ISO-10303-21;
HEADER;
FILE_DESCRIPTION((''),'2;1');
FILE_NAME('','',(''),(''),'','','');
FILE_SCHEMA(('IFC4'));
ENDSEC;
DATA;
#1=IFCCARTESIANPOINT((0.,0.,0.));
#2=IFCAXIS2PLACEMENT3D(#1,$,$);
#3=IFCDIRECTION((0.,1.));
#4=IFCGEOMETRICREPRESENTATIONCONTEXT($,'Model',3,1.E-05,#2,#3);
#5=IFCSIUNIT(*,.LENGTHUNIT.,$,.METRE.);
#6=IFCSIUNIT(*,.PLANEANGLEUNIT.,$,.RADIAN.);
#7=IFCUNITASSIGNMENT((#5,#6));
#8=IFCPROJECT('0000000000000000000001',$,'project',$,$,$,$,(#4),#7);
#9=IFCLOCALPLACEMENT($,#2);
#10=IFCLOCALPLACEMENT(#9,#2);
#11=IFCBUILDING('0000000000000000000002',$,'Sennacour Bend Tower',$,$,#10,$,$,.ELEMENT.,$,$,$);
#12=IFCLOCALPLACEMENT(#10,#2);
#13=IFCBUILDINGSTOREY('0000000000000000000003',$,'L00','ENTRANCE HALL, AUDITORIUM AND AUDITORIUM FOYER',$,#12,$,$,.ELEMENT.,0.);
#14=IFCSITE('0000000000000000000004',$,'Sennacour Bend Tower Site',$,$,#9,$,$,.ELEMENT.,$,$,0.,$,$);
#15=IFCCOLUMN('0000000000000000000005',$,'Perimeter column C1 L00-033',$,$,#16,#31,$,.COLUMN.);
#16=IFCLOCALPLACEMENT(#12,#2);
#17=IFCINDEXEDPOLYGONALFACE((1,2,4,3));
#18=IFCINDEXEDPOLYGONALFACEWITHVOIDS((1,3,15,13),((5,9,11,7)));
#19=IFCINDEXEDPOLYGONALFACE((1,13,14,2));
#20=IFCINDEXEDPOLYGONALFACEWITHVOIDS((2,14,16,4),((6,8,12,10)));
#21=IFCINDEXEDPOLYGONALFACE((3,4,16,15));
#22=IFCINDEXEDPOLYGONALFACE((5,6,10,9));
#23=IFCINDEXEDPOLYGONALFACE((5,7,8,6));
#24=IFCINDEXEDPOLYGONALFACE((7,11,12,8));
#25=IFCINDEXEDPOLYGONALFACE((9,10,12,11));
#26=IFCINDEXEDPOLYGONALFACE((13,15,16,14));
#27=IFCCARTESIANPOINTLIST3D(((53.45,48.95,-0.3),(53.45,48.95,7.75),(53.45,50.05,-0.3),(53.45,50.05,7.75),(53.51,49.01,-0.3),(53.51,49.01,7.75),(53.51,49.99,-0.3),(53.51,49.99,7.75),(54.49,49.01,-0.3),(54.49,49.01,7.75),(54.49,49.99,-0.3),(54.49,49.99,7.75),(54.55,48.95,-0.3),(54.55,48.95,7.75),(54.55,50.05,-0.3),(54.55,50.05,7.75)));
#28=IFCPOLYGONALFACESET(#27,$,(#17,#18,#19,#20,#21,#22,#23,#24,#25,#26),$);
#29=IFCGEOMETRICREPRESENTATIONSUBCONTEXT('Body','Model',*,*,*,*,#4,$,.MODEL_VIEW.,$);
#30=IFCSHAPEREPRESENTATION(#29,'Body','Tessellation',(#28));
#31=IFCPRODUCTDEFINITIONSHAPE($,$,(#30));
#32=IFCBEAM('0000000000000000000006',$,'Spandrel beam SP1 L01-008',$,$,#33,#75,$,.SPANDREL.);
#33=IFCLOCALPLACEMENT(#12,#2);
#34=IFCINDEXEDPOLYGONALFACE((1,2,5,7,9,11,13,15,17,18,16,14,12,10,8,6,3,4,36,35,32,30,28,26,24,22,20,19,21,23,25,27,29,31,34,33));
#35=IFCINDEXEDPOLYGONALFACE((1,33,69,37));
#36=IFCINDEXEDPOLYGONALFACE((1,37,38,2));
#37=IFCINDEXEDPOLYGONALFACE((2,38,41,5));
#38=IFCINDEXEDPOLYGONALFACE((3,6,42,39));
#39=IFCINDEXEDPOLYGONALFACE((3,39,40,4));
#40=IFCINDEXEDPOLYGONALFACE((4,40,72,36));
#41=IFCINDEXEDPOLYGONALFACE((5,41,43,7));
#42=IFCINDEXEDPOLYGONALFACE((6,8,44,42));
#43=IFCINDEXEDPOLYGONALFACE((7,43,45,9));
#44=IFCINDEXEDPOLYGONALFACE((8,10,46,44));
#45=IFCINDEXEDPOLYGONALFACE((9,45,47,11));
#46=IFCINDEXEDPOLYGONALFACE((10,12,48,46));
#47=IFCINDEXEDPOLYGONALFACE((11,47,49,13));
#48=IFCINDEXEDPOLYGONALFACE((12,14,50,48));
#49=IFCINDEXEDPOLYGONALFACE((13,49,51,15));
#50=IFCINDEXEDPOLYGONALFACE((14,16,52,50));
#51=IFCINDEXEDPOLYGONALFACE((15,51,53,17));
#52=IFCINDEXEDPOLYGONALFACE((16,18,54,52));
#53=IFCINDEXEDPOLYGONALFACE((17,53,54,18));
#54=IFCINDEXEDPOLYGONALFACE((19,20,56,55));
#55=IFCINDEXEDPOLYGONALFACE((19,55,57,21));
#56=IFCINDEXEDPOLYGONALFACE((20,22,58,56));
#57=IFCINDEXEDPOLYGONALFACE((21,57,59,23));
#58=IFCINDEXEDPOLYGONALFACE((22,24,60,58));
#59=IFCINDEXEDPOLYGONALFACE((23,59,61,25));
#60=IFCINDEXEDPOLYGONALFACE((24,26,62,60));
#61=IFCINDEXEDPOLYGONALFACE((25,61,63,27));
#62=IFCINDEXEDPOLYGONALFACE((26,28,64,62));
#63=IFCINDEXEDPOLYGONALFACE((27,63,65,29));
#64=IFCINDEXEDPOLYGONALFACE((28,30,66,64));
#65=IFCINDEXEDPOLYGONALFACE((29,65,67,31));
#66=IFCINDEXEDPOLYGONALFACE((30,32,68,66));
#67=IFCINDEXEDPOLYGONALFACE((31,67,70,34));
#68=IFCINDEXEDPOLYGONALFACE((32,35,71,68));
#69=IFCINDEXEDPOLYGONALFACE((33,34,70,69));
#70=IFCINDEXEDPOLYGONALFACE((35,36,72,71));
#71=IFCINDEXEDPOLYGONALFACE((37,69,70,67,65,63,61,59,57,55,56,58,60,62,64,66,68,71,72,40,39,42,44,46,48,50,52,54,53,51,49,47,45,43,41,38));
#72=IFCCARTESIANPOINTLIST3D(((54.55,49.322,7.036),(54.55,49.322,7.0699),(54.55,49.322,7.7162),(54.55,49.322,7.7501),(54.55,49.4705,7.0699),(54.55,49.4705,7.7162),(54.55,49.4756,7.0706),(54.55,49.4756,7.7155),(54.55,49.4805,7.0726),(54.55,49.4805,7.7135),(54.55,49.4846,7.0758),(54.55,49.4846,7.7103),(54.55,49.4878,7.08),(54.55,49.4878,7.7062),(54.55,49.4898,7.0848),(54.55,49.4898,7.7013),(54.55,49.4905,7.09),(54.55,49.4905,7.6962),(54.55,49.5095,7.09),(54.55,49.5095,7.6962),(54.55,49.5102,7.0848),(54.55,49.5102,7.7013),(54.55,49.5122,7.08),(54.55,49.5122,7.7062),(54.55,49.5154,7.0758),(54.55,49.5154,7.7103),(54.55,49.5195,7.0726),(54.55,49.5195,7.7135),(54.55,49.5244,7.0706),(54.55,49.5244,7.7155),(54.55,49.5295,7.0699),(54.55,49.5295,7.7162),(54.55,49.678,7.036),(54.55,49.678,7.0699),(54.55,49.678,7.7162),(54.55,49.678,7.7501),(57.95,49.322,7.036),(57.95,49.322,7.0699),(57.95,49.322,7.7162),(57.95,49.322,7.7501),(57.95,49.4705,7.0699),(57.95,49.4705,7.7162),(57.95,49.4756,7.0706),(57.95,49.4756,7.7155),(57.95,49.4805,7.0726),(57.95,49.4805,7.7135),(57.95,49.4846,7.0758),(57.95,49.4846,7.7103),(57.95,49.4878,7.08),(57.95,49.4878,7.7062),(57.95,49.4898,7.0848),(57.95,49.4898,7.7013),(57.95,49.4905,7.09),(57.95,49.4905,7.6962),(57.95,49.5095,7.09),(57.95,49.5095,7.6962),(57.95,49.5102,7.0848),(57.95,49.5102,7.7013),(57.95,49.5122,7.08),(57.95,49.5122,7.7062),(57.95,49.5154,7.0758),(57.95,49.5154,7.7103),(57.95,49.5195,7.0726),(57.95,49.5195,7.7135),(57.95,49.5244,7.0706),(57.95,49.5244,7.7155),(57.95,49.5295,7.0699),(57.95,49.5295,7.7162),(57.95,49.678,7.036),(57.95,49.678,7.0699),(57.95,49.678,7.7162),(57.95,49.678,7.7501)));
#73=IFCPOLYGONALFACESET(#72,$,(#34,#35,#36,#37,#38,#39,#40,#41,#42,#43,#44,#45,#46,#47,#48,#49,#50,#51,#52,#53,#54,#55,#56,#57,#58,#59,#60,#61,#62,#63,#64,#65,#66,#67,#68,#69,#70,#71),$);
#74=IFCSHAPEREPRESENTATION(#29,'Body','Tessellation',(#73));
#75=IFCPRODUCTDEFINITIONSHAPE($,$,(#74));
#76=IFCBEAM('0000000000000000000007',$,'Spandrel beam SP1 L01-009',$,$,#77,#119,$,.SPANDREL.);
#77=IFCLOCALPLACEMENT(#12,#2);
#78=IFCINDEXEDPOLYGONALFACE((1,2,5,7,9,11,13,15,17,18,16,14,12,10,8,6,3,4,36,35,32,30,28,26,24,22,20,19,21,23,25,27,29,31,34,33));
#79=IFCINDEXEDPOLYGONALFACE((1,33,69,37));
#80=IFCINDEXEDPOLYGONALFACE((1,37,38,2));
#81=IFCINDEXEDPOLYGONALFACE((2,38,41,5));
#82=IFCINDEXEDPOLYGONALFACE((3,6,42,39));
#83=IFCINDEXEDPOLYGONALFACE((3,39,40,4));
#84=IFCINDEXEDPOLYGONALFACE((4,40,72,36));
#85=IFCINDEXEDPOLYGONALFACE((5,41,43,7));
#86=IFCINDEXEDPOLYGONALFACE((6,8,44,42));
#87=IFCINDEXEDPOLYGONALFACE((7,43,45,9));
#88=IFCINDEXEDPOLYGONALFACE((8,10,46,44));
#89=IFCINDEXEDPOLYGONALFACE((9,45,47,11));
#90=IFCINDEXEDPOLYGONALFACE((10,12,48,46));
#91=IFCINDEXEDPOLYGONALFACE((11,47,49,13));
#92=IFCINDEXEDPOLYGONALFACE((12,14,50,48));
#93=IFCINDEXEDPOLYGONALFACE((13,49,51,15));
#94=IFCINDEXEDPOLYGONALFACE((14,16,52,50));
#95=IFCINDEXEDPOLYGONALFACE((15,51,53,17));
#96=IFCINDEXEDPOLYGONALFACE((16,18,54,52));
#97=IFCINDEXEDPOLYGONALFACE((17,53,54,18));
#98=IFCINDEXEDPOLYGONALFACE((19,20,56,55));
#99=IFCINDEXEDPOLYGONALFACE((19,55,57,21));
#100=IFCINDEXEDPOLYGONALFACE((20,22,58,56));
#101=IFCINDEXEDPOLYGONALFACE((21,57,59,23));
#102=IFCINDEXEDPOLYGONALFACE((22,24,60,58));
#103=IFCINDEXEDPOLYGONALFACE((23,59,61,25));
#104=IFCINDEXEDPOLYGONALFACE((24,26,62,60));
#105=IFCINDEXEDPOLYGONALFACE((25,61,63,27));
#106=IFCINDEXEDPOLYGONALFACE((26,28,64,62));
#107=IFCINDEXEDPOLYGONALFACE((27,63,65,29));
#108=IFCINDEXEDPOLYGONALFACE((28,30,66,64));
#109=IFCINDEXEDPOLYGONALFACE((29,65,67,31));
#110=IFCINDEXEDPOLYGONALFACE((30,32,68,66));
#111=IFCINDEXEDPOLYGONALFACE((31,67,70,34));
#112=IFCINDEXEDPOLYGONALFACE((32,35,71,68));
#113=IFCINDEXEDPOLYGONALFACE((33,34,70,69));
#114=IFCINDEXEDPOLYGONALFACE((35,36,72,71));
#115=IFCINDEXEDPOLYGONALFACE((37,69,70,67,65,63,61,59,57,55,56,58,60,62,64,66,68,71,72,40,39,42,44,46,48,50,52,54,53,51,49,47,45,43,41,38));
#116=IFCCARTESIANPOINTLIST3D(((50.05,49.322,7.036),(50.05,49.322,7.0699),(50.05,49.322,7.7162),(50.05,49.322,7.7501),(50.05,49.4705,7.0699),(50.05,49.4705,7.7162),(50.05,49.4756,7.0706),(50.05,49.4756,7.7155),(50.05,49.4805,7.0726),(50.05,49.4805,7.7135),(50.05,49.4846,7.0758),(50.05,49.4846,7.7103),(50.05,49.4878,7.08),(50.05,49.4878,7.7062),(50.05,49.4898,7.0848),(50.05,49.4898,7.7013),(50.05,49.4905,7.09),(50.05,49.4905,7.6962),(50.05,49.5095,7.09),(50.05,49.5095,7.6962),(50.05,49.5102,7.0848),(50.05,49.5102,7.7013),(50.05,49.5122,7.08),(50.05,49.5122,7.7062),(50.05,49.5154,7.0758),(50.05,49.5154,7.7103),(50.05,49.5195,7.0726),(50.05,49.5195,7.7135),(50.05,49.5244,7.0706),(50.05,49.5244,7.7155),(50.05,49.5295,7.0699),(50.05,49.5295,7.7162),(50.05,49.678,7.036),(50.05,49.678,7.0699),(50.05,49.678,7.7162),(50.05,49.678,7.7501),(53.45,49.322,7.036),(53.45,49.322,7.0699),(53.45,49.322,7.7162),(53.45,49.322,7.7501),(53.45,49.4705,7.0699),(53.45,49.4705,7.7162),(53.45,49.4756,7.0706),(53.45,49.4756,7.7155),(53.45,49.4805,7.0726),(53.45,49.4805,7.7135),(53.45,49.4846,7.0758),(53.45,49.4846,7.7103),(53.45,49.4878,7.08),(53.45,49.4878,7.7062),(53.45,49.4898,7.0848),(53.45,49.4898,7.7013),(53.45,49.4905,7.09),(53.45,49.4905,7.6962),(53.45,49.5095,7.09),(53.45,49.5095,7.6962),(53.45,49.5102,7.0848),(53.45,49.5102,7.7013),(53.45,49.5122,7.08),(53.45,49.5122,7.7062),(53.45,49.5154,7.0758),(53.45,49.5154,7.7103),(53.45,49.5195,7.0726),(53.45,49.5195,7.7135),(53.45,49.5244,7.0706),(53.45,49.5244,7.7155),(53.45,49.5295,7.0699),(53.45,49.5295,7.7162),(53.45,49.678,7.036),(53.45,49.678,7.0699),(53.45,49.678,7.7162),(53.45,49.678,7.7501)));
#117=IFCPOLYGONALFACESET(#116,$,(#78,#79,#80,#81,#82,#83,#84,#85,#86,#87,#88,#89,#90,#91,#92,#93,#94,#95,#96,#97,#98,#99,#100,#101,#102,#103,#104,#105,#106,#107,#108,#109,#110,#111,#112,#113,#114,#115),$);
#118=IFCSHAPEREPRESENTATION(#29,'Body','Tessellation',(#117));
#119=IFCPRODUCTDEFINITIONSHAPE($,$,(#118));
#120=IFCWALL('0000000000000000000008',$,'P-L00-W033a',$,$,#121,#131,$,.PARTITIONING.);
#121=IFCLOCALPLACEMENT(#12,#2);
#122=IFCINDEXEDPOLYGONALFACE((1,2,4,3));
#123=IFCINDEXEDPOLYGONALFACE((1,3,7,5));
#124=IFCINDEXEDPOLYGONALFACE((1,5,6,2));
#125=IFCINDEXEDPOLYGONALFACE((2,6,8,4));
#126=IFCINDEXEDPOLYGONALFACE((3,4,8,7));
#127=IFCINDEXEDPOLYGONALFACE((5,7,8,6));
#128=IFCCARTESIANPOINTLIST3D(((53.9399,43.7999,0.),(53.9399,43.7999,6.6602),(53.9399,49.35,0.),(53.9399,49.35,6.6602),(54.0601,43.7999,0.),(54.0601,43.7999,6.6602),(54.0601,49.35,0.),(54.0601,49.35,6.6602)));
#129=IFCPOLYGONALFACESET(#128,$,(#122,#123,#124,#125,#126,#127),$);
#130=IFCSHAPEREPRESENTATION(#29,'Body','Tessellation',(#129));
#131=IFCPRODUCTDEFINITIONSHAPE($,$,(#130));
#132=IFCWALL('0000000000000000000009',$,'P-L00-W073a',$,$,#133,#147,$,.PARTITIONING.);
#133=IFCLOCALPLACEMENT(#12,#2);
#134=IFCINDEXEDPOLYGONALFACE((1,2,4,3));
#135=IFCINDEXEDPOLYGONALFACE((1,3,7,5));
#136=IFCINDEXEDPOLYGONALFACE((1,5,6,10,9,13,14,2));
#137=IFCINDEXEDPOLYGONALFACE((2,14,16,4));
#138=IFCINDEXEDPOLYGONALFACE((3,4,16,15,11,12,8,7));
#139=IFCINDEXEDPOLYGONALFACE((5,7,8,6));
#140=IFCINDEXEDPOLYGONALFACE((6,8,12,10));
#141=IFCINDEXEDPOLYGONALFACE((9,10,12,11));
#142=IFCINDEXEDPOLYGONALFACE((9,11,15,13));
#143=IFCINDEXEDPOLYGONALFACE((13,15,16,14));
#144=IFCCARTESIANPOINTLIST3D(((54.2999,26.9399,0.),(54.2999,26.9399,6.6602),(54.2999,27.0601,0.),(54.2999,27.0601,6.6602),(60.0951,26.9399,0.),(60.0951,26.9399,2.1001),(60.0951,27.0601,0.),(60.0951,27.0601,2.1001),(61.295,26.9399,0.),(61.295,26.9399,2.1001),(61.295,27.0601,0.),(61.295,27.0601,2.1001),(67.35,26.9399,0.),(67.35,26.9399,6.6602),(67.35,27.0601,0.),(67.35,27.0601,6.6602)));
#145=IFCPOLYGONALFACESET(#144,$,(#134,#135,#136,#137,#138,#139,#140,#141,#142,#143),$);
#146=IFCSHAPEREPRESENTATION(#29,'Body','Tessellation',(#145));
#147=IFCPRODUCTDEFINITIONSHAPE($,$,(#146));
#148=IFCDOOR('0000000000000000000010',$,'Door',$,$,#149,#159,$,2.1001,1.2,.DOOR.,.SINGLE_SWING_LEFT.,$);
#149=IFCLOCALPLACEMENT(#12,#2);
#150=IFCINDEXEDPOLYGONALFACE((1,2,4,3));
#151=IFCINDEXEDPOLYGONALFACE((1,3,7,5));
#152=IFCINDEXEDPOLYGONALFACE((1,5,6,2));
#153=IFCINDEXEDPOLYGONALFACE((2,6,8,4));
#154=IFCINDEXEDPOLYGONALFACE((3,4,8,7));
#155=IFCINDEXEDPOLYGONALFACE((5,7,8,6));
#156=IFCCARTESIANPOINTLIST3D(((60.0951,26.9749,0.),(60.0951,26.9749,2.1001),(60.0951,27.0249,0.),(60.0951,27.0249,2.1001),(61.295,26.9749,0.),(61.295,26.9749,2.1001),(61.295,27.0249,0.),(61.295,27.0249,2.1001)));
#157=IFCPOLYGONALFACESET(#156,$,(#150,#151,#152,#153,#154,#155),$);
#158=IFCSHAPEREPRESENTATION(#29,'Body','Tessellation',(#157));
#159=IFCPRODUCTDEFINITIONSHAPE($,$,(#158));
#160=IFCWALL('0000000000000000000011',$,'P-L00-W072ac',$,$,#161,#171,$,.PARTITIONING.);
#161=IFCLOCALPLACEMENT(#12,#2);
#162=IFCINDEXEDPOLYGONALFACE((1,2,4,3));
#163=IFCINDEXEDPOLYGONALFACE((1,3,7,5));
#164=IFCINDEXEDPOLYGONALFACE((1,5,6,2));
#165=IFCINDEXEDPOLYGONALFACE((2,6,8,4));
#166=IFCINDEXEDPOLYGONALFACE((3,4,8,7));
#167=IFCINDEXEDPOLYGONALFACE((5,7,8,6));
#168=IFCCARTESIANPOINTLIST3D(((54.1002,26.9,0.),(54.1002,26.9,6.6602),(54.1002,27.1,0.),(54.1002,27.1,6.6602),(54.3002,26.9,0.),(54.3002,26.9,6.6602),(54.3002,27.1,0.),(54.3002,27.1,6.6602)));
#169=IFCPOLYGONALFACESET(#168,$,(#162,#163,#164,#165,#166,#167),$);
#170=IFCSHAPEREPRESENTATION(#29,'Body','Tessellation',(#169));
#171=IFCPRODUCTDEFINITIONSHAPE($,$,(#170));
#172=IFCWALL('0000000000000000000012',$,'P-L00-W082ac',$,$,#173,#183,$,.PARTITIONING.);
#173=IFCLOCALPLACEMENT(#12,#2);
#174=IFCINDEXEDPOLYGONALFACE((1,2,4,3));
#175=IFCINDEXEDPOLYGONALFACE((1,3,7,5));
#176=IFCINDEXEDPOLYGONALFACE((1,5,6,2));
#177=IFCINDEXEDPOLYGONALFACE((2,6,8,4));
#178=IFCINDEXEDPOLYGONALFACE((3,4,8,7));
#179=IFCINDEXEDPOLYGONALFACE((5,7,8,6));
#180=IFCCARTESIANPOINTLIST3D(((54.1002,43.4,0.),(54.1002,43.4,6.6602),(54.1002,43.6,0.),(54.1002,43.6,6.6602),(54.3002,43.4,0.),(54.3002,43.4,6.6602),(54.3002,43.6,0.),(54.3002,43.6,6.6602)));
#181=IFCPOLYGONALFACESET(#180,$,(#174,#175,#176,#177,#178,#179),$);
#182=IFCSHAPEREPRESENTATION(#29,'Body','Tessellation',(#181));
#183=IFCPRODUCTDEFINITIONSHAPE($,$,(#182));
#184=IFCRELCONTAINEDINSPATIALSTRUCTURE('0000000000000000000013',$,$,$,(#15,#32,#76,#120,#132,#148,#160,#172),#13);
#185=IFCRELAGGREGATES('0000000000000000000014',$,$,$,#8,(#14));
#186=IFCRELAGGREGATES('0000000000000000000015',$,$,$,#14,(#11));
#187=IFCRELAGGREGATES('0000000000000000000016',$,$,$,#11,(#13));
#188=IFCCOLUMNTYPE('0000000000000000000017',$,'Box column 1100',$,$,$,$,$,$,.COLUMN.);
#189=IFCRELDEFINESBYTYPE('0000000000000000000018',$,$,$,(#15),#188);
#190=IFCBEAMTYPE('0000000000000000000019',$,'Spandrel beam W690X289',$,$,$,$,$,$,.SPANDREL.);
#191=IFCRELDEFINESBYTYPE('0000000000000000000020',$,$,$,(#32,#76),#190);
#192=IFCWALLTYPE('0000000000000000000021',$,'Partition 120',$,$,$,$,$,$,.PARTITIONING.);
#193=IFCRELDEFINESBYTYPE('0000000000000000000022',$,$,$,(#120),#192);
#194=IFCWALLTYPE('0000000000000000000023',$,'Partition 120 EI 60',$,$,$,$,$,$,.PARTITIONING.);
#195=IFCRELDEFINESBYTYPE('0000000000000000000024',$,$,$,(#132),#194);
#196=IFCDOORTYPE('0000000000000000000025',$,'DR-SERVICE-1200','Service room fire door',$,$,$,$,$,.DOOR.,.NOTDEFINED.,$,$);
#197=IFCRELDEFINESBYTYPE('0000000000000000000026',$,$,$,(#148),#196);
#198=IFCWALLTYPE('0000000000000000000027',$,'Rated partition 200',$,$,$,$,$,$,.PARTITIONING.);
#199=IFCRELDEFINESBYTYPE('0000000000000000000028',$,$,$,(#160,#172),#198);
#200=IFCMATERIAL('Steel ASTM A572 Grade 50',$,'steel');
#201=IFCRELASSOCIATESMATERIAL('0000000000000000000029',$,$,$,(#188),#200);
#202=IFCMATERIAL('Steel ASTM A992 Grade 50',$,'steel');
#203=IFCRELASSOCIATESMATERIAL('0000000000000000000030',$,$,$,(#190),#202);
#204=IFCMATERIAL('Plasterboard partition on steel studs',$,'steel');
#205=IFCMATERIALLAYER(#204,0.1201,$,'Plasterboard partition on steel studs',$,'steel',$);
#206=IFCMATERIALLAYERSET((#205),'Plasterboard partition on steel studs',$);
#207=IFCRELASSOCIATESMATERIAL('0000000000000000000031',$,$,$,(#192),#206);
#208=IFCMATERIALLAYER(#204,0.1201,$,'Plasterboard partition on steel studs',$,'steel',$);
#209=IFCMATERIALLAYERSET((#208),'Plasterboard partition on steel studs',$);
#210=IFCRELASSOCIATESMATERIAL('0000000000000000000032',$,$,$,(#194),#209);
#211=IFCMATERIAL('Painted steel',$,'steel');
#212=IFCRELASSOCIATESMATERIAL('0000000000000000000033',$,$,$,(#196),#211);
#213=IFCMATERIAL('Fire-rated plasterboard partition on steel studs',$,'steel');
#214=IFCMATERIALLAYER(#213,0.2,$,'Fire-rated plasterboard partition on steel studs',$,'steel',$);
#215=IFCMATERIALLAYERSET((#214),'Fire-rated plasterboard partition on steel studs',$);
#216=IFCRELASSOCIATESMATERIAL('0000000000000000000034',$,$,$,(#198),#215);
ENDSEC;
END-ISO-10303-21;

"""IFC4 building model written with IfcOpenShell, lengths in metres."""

from ifc_helpers import new_model, si_unit, direction, frame, frame_2d, origin, origin_2d, place, context, subcontext, project, spatial, rectangle, hollow_rectangle, i_section, extrude, material, layer, layer_set, material_profile, profile_set, type_object, element, fill, save


model = new_model("IFC4")

# Units and contexts
model_context = context("Model", 3, precision=1e-05, world=origin(), true_north=direction((0.0, 1.0)))
body_context = subcontext(model_context, "Body", "Model", "MODEL_VIEW")
ifc_project = project(units=[si_unit("LENGTHUNIT", "METRE"), si_unit("PLANEANGLEUNIT", "RADIAN")], contexts=[model_context])

# Site, building, storey
site_placement = place(None, origin())
site = spatial("IfcSite", under=ifc_project, at=site_placement, Name="Sennacour Bend Tower Site", CompositionType="ELEMENT", RefElevation=0.0)
building_placement = place(site_placement, origin())
building = spatial("IfcBuilding", under=site, at=building_placement, Name="Sennacour Bend Tower", CompositionType="ELEMENT")
storey_placement = place(building_placement, origin())
storey = spatial("IfcBuildingStorey", under=building, at=storey_placement, Name="L00", Description="ENTRANCE HALL, AUDITORIUM AND AUDITORIUM FOYER", CompositionType="ELEMENT", Elevation=0.0)

# Column
ifc_material_1 = material(Name="Steel ASTM A572 Grade 50", Category="steel")
ifc_material_profile_1 = material_profile(ifc_material_1, hollow_rectangle(XDim=1.1001, YDim=1.1001, WallThickness=0.0601, at=origin_2d()), Name="Steel ASTM A572 Grade 50", Category="steel")
ifc_profile_set_1 = profile_set([ifc_material_profile_1], Name="Steel ASTM A572 Grade 50")
column_type = type_object("IfcColumnType", Name="Box column 1100", PredefinedType="COLUMN", material=ifc_profile_set_1)
for number, where, z_axis, x_axis, name in (
    (1, (54.0, 49.5, -0.3), (0.0, 0.0, 1.0), (1.0, 0.0, 0.0), "Perimeter column C1 L00-033"),
):
    element("IfcColumn", number, at=place(storey_placement, frame(where, z_axis=z_axis, x_axis=x_axis)), inside=storey, type_object=column_type, Name=name, PredefinedType="COLUMN", context=body_context, shape_type="SweptSolid", body=[
        extrude(hollow_rectangle(XDim=1.1001, YDim=1.1001, WallThickness=0.0601, at=origin_2d()), origin(), (0.0, 0.0, 1.0), 8.05),
    ])

# Beams
ifc_material_2 = material(Name="Steel ASTM A992 Grade 50", Category="steel")
ifc_material_profile_2 = material_profile(ifc_material_2, i_section(OverallWidth=0.356, OverallDepth=0.7141, WebThickness=0.019, FlangeThickness=0.0339, FilletRadius=0.02, at=origin_2d()), Name="Steel ASTM A992 Grade 50", Category="steel")
ifc_profile_set_2 = profile_set([ifc_material_profile_2], Name="Steel ASTM A992 Grade 50")
beam_type = type_object("IfcBeamType", Name="Spandrel beam W690X289", PredefinedType="SPANDREL", material=ifc_profile_set_2)
for number, where, z_axis, x_axis, name in (
    (2, (57.95, 49.5, 7.3931), (-1.0, 0.0, 0.0), (0.0, -1.0, 0.0), "Spandrel beam SP1 L01-008"),
    (3, (53.45, 49.5, 7.3931), (-1.0, 0.0, 0.0), (0.0, -1.0, 0.0), "Spandrel beam SP1 L01-009"),
):
    element("IfcBeam", number, at=place(storey_placement, frame(where, z_axis=z_axis, x_axis=x_axis)), inside=storey, type_object=beam_type, Name=name, PredefinedType="SPANDREL", context=body_context, shape_type="SweptSolid", body=[
        extrude(i_section(OverallWidth=0.356, OverallDepth=0.7141, WebThickness=0.019, FlangeThickness=0.0339, FilletRadius=0.02, at=origin_2d()), origin(), (0.0, 0.0, 1.0), 3.3999),
    ])

# Wall
ifc_material_3 = material(Name="Plasterboard partition on steel studs", Category="steel")
ifc_layer_1 = layer(ifc_material_3, 0.1201, Name="Plasterboard partition on steel studs", Category="steel")
ifc_layer_set_1 = layer_set([ifc_layer_1], Name="Plasterboard partition on steel studs")
wall_type_1 = type_object("IfcWallType", Name="Partition 120", PredefinedType="PARTITIONING", material=ifc_layer_set_1)
wall_1_placement = place(storey_placement, frame((54.0, 43.8, 0.0), z_axis=(0.0, 0.0, 1.0), x_axis=(0.0, 1.0, 0.0)))
element("IfcWall", 4, at=wall_1_placement, inside=storey, type_object=wall_type_1, Name="P-L00-W033a", PredefinedType="PARTITIONING", context=body_context, shape_type="SweptSolid", body=[
    extrude(rectangle(XDim=5.55, YDim=0.1201, at=frame_2d((2.7749, 0.0))), origin(), (0.0, 0.0, 1.0), 6.6602),
])

# Wall, opening, door
ifc_layer_2 = layer(ifc_material_3, 0.1201, Name="Plasterboard partition on steel studs", Category="steel")
ifc_layer_set_2 = layer_set([ifc_layer_2], Name="Plasterboard partition on steel studs")
wall_type_2 = type_object("IfcWallType", Name="Partition 120 EI 60", PredefinedType="PARTITIONING", material=ifc_layer_set_2)
wall_2_placement = place(storey_placement, frame((54.3, 27.0, 0.0), z_axis=(0.0, 0.0, 1.0), x_axis=(1.0, 0.0, 0.0)))
wall_2 = element("IfcWall", 5, at=wall_2_placement, inside=storey, type_object=wall_type_2, Name="P-L00-W073a", PredefinedType="PARTITIONING", context=body_context, shape_type="SweptSolid", body=[
    extrude(rectangle(XDim=13.05, YDim=0.1201, at=frame_2d((6.5249, 0.0))), origin(), (0.0, 0.0, 1.0), 6.6602),
])
opening_1_placement = place(wall_2_placement, frame((5.7949, 0.0, 0.0)))
opening_1 = element("IfcOpeningElement", 6, at=opening_1_placement, cuts=wall_2, PredefinedType="OPENING", context=body_context, shape_type="SweptSolid", body=[
    extrude(rectangle(XDim=1.2, YDim=2.1001, at=frame_2d((0.6001, 1.05))), frame((0.0, 0.0701, 0.0), z_axis=(0.0, -1.0, 0.0), x_axis=(1.0, 0.0, 0.0)), (0.0, 0.0, 1.0), 0.1401),
])
ifc_material_4 = material(Name="Painted steel", Category="steel")
door_type = type_object("IfcDoorType", Name="DR-SERVICE-1200", Description="Service room fire door", OperationType="NOTDEFINED", PredefinedType="DOOR", material=ifc_material_4)
door_placement = place(opening_1_placement, origin())
door = element("IfcDoor", 7, at=door_placement, inside=storey, type_object=door_type, Name="Door", OperationType="SINGLE_SWING_LEFT", OverallHeight=2.1001, OverallWidth=1.2, PredefinedType="DOOR", context=body_context, shape_type="SweptSolid", body=[
    extrude(rectangle(XDim=1.2, YDim=2.1001, at=frame_2d((0.6001, 1.05))), frame((0.0, 0.0249, 0.0), z_axis=(0.0, -1.0, 0.0), x_axis=(1.0, 0.0, 0.0)), (0.0, 0.0, 1.0), 0.05),
])
fill(opening_1, door)

# Walls
ifc_material_5 = material(Name="Fire-rated plasterboard partition on steel studs", Category="steel")
ifc_layer_3 = layer(ifc_material_5, 0.2, Name="Fire-rated plasterboard partition on steel studs", Category="steel")
ifc_layer_set_3 = layer_set([ifc_layer_3], Name="Fire-rated plasterboard partition on steel studs")
wall_type_3 = type_object("IfcWallType", Name="Rated partition 200", PredefinedType="PARTITIONING", material=ifc_layer_set_3)
for number, where, z_axis, x_axis, name in (
    (8, (54.1001, 27.0, 0.0), (0.0, 0.0, 1.0), (1.0, 0.0, 0.0), "P-L00-W072ac"),
    (9, (54.1001, 43.5, 0.0), (0.0, 0.0, 1.0), (1.0, 0.0, 0.0), "P-L00-W082ac"),
):
    element("IfcWall", number, at=place(storey_placement, frame(where, z_axis=z_axis, x_axis=x_axis)), inside=storey, type_object=wall_type_3, Name=name, PredefinedType="PARTITIONING", context=body_context, shape_type="SweptSolid", body=[
        extrude(rectangle(XDim=0.2, YDim=0.2, at=frame_2d((0.1001, 0.0))), origin(), (0.0, 0.0, 1.0), 6.6602),
    ])

save(model, "model.ifc")
